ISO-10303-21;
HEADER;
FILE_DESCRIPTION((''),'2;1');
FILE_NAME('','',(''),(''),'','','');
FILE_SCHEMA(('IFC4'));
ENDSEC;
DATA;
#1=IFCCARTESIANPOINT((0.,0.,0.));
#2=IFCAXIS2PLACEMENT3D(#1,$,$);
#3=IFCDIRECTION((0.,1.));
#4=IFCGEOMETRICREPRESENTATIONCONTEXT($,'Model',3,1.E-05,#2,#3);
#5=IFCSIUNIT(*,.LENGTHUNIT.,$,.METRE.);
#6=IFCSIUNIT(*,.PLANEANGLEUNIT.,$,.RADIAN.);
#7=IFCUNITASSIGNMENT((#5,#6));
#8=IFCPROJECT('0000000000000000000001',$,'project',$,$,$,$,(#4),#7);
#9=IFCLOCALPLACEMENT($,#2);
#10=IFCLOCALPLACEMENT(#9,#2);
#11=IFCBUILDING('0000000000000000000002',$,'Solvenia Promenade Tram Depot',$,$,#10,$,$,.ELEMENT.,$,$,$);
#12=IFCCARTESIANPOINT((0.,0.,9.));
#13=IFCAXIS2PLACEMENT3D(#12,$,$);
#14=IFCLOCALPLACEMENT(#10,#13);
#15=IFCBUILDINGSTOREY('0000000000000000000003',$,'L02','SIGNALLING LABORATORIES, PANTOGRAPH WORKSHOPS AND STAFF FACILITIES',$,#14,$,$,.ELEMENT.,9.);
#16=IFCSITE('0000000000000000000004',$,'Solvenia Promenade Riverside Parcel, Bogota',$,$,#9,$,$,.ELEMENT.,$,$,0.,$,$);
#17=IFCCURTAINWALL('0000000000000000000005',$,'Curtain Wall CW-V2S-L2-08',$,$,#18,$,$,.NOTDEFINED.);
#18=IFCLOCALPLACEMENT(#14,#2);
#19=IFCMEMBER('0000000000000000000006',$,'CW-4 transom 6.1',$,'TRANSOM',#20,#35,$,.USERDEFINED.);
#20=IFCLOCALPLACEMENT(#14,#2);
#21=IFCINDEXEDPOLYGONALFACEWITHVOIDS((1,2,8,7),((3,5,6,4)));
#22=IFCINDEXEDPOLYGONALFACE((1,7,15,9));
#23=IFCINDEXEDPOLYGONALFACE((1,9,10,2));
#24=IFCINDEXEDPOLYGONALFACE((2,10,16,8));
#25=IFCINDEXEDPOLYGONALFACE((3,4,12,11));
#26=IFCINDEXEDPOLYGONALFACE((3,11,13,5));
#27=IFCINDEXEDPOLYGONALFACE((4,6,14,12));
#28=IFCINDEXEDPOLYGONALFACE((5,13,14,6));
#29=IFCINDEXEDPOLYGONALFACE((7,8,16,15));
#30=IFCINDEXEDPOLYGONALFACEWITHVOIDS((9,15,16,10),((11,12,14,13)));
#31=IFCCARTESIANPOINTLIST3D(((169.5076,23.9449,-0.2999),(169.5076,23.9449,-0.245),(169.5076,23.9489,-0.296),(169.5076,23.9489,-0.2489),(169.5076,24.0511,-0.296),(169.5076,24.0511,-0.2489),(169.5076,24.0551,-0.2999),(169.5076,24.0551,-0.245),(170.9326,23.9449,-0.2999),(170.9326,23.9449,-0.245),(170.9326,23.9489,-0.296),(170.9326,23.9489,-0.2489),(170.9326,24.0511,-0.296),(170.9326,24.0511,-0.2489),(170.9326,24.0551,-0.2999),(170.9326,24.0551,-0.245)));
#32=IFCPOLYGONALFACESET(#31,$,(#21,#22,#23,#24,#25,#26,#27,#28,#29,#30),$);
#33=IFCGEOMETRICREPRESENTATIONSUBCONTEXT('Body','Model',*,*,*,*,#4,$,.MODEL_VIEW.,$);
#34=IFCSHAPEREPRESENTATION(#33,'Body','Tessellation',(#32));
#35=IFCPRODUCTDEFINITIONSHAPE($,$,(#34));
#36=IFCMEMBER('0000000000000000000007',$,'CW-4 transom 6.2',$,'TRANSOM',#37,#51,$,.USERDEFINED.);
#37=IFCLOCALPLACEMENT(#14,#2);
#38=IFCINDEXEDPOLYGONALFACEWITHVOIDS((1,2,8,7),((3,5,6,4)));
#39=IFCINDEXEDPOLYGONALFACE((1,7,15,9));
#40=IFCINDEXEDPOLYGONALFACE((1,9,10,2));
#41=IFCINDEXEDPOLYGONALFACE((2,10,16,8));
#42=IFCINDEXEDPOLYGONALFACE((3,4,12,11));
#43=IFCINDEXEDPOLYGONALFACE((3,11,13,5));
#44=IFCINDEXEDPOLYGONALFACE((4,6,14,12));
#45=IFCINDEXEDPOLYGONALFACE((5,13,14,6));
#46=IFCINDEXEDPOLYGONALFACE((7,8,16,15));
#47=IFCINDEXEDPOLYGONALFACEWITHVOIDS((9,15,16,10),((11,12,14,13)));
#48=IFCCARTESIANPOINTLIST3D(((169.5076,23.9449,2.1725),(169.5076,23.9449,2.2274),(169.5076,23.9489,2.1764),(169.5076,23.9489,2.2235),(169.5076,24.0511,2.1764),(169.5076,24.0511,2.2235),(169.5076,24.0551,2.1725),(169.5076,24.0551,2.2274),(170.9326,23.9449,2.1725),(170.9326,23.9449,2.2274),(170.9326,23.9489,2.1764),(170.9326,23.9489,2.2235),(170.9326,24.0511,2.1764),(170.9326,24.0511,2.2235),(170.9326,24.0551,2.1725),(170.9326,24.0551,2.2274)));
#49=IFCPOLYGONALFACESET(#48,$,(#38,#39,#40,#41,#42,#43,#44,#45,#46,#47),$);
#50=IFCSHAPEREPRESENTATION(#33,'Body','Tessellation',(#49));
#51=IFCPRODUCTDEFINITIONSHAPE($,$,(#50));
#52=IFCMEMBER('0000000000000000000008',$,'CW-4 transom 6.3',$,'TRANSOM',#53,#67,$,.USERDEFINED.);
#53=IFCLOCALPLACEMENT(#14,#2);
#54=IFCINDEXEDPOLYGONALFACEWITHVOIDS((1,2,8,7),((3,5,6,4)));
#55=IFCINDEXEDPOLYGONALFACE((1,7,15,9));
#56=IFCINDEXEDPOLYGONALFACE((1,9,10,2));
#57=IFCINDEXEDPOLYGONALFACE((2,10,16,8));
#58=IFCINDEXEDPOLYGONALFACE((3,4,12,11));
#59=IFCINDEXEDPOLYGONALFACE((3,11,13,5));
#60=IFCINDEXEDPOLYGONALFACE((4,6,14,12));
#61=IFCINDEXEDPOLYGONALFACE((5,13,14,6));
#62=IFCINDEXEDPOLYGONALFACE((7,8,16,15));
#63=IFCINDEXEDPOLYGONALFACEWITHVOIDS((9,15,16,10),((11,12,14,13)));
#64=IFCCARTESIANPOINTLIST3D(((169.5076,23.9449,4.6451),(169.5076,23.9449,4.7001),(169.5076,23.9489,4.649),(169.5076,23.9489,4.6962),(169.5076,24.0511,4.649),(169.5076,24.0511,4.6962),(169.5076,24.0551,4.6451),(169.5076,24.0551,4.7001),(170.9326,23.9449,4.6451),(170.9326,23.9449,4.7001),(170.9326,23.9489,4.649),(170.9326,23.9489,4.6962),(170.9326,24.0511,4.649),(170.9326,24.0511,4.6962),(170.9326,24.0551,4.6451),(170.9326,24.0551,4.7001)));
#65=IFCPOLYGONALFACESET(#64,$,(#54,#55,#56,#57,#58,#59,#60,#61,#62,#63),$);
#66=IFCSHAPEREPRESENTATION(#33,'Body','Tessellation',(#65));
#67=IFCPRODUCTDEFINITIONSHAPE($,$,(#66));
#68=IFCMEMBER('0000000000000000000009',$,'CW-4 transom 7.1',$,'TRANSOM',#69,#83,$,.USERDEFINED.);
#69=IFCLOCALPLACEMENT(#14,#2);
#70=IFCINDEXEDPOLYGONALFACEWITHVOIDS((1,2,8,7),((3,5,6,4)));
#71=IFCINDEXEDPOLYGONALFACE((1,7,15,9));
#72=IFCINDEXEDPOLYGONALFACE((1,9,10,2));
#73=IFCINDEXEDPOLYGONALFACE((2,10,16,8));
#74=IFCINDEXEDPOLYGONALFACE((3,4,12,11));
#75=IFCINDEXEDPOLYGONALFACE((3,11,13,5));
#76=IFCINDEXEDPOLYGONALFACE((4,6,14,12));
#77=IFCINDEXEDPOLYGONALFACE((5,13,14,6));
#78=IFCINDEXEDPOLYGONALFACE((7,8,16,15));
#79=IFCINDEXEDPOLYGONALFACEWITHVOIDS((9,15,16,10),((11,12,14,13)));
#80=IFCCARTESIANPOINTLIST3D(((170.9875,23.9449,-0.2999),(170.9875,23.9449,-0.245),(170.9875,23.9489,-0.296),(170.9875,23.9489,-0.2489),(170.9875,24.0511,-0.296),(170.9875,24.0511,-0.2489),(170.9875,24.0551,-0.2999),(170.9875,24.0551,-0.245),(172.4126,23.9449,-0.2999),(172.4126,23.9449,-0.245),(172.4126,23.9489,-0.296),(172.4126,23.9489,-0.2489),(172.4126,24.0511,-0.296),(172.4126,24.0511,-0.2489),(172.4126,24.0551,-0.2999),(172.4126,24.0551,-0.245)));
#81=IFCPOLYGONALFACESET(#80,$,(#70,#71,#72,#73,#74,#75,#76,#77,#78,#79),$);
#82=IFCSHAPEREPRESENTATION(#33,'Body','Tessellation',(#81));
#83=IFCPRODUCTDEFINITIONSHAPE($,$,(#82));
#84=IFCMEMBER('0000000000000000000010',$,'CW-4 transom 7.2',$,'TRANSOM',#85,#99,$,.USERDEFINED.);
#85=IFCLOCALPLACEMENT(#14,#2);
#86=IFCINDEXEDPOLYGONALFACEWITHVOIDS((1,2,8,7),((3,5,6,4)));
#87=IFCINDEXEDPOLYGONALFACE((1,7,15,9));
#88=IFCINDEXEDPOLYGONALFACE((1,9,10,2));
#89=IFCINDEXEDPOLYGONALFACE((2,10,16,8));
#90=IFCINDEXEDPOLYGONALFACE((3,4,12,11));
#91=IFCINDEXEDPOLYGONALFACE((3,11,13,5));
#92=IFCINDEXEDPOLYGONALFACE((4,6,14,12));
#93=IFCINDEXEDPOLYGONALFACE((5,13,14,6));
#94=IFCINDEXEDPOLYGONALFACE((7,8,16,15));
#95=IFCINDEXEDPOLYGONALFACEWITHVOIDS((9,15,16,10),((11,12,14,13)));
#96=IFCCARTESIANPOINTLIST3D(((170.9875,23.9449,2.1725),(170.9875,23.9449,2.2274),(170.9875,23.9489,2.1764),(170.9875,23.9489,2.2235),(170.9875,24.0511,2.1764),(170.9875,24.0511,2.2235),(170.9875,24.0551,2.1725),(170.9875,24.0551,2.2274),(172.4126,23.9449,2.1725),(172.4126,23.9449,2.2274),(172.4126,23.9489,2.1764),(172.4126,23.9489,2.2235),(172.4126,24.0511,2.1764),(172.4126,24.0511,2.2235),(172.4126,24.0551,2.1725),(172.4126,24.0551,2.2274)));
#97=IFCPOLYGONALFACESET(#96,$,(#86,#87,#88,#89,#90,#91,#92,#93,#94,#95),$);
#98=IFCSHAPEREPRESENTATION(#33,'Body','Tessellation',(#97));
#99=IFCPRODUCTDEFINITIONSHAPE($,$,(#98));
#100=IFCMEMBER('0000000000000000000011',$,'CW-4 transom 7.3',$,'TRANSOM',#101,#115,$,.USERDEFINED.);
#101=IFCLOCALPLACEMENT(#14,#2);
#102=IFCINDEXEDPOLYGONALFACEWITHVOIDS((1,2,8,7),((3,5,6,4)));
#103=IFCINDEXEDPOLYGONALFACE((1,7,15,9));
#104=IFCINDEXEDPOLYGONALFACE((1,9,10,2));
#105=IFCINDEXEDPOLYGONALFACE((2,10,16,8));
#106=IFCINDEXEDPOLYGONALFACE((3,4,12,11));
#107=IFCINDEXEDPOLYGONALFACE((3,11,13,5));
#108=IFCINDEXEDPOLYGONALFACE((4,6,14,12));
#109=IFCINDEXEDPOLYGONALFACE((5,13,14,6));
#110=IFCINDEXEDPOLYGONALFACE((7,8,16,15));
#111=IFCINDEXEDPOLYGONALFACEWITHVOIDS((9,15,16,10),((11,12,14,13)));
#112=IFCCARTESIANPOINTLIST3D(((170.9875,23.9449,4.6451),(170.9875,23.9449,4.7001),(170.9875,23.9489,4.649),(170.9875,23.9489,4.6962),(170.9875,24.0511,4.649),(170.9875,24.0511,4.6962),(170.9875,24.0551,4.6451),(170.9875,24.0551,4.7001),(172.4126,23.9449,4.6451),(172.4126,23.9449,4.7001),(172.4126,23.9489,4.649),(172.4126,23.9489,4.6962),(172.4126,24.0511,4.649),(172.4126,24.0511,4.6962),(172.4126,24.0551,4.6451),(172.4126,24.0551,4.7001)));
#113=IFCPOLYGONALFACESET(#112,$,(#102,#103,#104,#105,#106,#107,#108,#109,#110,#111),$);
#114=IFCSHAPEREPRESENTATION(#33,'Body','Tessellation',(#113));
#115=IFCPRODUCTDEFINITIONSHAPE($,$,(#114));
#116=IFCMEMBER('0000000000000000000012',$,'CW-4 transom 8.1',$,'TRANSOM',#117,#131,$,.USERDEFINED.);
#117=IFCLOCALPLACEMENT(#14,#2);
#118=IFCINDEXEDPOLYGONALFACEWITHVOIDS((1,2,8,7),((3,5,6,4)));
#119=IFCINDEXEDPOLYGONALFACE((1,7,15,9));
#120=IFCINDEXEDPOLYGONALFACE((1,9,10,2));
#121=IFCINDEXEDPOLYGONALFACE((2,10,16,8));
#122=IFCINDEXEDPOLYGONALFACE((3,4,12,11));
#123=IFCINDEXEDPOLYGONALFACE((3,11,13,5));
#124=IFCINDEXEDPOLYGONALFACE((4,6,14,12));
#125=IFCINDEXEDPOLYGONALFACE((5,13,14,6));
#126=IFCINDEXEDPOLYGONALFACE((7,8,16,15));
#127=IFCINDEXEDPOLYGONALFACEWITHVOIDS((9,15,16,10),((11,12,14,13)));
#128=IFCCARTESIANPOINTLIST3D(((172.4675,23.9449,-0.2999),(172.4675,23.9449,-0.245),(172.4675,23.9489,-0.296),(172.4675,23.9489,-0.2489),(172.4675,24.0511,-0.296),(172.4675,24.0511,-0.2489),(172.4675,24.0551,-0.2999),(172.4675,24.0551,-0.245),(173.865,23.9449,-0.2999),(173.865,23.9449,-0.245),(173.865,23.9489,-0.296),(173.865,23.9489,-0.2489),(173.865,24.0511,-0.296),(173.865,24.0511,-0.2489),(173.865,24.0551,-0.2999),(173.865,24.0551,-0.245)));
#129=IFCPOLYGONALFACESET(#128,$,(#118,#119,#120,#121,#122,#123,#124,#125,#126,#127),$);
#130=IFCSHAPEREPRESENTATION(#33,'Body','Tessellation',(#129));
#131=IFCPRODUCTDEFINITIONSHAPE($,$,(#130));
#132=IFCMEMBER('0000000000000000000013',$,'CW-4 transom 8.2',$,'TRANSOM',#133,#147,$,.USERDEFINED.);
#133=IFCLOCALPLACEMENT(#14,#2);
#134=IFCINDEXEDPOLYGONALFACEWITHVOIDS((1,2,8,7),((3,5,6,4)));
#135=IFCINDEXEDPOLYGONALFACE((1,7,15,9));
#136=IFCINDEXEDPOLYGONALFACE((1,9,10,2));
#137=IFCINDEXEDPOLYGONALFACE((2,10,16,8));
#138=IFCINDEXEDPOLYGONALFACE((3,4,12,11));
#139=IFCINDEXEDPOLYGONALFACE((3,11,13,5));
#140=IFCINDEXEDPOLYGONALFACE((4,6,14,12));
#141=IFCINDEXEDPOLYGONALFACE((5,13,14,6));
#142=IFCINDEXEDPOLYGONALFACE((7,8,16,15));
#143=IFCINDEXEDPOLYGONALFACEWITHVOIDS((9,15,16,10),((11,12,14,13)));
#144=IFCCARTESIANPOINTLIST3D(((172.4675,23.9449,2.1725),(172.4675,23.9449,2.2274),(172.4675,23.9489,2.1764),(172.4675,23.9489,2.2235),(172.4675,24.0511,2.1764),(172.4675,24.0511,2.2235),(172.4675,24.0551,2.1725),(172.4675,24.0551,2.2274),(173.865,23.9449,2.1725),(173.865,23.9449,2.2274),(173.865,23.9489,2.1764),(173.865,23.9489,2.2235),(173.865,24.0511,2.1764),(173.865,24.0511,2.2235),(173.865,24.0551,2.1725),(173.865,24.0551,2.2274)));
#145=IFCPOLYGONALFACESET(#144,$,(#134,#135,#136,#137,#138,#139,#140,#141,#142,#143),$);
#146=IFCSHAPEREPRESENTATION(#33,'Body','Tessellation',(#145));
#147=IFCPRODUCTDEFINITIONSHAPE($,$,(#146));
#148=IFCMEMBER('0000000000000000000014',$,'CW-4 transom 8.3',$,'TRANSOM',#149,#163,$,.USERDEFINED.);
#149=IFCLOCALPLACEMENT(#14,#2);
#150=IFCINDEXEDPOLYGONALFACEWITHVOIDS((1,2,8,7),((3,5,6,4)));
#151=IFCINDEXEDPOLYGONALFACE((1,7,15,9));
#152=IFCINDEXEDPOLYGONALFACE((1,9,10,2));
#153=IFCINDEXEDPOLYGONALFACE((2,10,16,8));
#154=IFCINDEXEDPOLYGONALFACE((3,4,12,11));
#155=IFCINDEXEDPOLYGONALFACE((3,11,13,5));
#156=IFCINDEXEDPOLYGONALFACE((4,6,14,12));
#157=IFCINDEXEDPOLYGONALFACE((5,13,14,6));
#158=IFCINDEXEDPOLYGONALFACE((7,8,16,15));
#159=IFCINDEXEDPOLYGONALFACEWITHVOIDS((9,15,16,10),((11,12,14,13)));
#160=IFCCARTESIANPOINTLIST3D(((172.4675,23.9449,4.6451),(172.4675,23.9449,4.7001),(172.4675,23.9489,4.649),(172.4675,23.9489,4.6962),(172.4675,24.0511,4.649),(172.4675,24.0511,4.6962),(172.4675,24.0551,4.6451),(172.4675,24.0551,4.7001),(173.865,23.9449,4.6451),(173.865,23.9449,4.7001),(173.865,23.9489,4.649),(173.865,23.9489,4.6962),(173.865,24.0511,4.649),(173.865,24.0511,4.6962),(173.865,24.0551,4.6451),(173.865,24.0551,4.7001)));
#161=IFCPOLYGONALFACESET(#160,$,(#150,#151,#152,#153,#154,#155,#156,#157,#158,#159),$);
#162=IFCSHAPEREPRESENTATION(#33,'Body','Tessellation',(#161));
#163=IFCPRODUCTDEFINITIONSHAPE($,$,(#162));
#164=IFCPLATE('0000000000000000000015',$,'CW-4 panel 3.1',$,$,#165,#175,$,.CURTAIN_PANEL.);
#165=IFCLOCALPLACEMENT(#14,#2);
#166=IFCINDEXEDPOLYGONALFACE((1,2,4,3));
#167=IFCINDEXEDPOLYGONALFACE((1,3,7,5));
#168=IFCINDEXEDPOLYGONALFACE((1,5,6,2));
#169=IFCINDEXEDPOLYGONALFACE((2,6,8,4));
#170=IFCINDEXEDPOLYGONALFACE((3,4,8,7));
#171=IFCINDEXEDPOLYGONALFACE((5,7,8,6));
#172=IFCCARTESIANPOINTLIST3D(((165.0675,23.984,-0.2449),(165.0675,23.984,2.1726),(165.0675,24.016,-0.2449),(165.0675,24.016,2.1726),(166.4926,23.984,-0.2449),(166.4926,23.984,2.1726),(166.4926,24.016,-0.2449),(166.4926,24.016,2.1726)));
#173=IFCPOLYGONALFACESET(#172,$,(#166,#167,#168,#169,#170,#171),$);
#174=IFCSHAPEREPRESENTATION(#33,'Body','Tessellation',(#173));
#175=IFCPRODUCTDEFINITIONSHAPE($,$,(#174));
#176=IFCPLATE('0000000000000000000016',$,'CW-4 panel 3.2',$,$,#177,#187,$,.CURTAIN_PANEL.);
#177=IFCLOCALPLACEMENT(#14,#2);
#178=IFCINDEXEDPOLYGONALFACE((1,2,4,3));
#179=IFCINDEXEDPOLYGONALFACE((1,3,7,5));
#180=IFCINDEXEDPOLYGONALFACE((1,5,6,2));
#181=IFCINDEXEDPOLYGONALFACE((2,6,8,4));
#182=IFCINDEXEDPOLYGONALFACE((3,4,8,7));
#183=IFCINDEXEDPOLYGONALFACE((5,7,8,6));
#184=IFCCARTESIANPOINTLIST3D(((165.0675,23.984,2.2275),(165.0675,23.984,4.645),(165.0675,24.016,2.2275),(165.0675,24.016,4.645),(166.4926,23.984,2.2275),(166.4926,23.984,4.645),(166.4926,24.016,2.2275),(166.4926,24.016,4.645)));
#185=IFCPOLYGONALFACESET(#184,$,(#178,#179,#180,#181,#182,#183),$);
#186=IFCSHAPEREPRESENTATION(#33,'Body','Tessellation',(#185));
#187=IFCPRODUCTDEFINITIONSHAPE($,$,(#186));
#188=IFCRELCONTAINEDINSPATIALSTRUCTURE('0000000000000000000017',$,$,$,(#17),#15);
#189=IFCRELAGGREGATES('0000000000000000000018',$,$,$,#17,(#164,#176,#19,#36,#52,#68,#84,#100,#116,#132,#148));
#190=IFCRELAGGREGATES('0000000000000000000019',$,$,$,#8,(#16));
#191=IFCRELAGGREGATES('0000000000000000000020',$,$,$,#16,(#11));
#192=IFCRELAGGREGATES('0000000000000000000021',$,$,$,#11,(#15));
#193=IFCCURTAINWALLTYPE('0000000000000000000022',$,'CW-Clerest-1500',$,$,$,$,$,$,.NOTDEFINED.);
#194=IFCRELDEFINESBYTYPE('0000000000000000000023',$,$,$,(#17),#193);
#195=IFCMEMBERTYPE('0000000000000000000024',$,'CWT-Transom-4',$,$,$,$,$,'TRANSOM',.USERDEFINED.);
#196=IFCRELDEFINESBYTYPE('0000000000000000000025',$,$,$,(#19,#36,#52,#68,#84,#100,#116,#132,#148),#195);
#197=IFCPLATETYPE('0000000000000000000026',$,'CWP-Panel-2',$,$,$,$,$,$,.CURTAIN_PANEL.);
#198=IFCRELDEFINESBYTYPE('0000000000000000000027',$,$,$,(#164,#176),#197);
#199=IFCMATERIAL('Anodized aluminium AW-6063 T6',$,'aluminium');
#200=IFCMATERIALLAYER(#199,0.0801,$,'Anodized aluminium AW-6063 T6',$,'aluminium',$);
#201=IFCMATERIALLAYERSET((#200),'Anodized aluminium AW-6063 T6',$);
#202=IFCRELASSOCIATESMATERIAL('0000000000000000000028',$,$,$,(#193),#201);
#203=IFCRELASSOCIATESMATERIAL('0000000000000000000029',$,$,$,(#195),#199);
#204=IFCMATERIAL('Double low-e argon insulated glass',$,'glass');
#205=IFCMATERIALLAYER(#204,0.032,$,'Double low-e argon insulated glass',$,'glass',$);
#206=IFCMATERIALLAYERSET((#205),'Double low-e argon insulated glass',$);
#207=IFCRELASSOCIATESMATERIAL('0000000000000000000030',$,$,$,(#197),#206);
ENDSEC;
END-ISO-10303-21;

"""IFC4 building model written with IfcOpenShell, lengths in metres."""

from ifc_helpers import new_model, si_unit, direction, frame, origin, origin_2d, place, context, subcontext, project, spatial, rectangle, hollow_rectangle, extrude, material, layer, layer_set, material_profile, profile_set, type_object, element, aggregate, save


model = new_model("IFC4")

# Units and contexts
model_context = context("Model", 3, precision=1e-05, world=origin(), true_north=direction((0.0, 1.0)))
body_context = subcontext(model_context, "Body", "Model", "MODEL_VIEW")
ifc_project = project(units=[si_unit("LENGTHUNIT", "METRE"), si_unit("PLANEANGLEUNIT", "RADIAN")], contexts=[model_context])

# Site, building, storey
site_placement = place(None, origin())
site = spatial("IfcSite", under=ifc_project, at=site_placement, Name="Solvenia Promenade Riverside Parcel, Bogota", CompositionType="ELEMENT", RefElevation=0.0)
building_placement = place(site_placement, origin())
building = spatial("IfcBuilding", under=site, at=building_placement, Name="Solvenia Promenade Tram Depot", CompositionType="ELEMENT")
storey_placement = place(building_placement, frame((0.0, 0.0, 9.0)))
storey = spatial("IfcBuildingStorey", under=building, at=storey_placement, Name="L02", Description="SIGNALLING LABORATORIES, PANTOGRAPH WORKSHOPS AND STAFF FACILITIES", CompositionType="ELEMENT", Elevation=9.0)

# Curtain wall, members, plates
ifc_material_1 = material(Name="Anodized aluminium AW-6063 T6", Category="aluminium")
ifc_layer_1 = layer(ifc_material_1, 0.0801, Name="Anodized aluminium AW-6063 T6", Category="aluminium")
ifc_layer_set_1 = layer_set([ifc_layer_1], Name="Anodized aluminium AW-6063 T6")
curtain_wall_type = type_object("IfcCurtainWallType", Name="CW-Clerest-1500", PredefinedType="NOTDEFINED", material=ifc_layer_set_1)
curtain_wall_placement = place(storey_placement, origin())
curtain_wall = element("IfcCurtainWall", 1, at=curtain_wall_placement, inside=storey, type_object=curtain_wall_type, Name="Curtain Wall CW-V2S-L2-08", PredefinedType="NOTDEFINED")
ifc_material_profile_1 = material_profile(ifc_material_1, hollow_rectangle(XDim=0.1101, YDim=0.0549, WallThickness=0.0039, at=origin_2d()), Name="ALU-T4", Category="aluminium")
ifc_profile_set_1 = profile_set([ifc_material_profile_1], Name="Anodized aluminium AW-6063 T6")
member_type_1 = type_object("IfcMemberType", Name="CWT-Transom-4", ElementType="TRANSOM", PredefinedType="USERDEFINED", material=ifc_profile_set_1)
member_1_placement = place(storey_placement, frame((169.5076, 24.0, -0.2725), z_axis=(1.0, 0.0, 0.0), x_axis=(0.0, 1.0, 0.0)))
member_1 = element("IfcMember", 2, at=member_1_placement, type_object=member_type_1, Name="CW-4 transom 6.1", ObjectType="TRANSOM", PredefinedType="USERDEFINED", context=body_context, shape_type="SweptSolid", body=[
    extrude(hollow_rectangle(XDim=0.1101, YDim=0.0549, WallThickness=0.0039, at=origin_2d()), origin(), (0.0, 0.0, 1.0), 1.425),
])
member_2_placement = place(storey_placement, frame((169.5076, 24.0, 2.2), z_axis=(1.0, 0.0, 0.0), x_axis=(0.0, 1.0, 0.0)))
member_2 = element("IfcMember", 3, at=member_2_placement, type_object=member_type_1, Name="CW-4 transom 6.2", ObjectType="TRANSOM", PredefinedType="USERDEFINED", context=body_context, shape_type="SweptSolid", body=[
    extrude(hollow_rectangle(XDim=0.1101, YDim=0.0549, WallThickness=0.0039, at=origin_2d()), origin(), (0.0, 0.0, 1.0), 1.425),
])
member_3_placement = place(storey_placement, frame((169.5076, 24.0, 4.6726), z_axis=(1.0, 0.0, 0.0), x_axis=(0.0, 1.0, 0.0)))
member_3 = element("IfcMember", 4, at=member_3_placement, type_object=member_type_1, Name="CW-4 transom 6.3", ObjectType="TRANSOM", PredefinedType="USERDEFINED", context=body_context, shape_type="SweptSolid", body=[
    extrude(hollow_rectangle(XDim=0.1101, YDim=0.0549, WallThickness=0.0039, at=origin_2d()), origin(), (0.0, 0.0, 1.0), 1.425),
])
member_4_placement = place(storey_placement, frame((170.9875, 24.0, -0.2725), z_axis=(1.0, 0.0, 0.0), x_axis=(0.0, 1.0, 0.0)))
member_4 = element("IfcMember", 5, at=member_4_placement, type_object=member_type_1, Name="CW-4 transom 7.1", ObjectType="TRANSOM", PredefinedType="USERDEFINED", context=body_context, shape_type="SweptSolid", body=[
    extrude(hollow_rectangle(XDim=0.1101, YDim=0.0549, WallThickness=0.0039, at=origin_2d()), origin(), (0.0, 0.0, 1.0), 1.425),
])
member_5_placement = place(storey_placement, frame((170.9875, 24.0, 2.2), z_axis=(1.0, 0.0, 0.0), x_axis=(0.0, 1.0, 0.0)))
member_5 = element("IfcMember", 6, at=member_5_placement, type_object=member_type_1, Name="CW-4 transom 7.2", ObjectType="TRANSOM", PredefinedType="USERDEFINED", context=body_context, shape_type="SweptSolid", body=[
    extrude(hollow_rectangle(XDim=0.1101, YDim=0.0549, WallThickness=0.0039, at=origin_2d()), origin(), (0.0, 0.0, 1.0), 1.425),
])
member_6_placement = place(storey_placement, frame((170.9875, 24.0, 4.6726), z_axis=(1.0, 0.0, 0.0), x_axis=(0.0, 1.0, 0.0)))
member_6 = element("IfcMember", 7, at=member_6_placement, type_object=member_type_1, Name="CW-4 transom 7.3", ObjectType="TRANSOM", PredefinedType="USERDEFINED", context=body_context, shape_type="SweptSolid", body=[
    extrude(hollow_rectangle(XDim=0.1101, YDim=0.0549, WallThickness=0.0039, at=origin_2d()), origin(), (0.0, 0.0, 1.0), 1.425),
])
member_7_placement = place(storey_placement, frame((172.4675, 24.0, -0.2725), z_axis=(1.0, 0.0, 0.0), x_axis=(0.0, 1.0, 0.0)))
member_7 = element("IfcMember", 8, at=member_7_placement, type_object=member_type_1, Name="CW-4 transom 8.1", ObjectType="TRANSOM", PredefinedType="USERDEFINED", context=body_context, shape_type="SweptSolid", body=[
    extrude(hollow_rectangle(XDim=0.1101, YDim=0.0549, WallThickness=0.0039, at=origin_2d()), origin(), (0.0, 0.0, 1.0), 1.3975),
])
member_8_placement = place(storey_placement, frame((172.4675, 24.0, 2.2), z_axis=(1.0, 0.0, 0.0), x_axis=(0.0, 1.0, 0.0)))
member_8 = element("IfcMember", 9, at=member_8_placement, type_object=member_type_1, Name="CW-4 transom 8.2", ObjectType="TRANSOM", PredefinedType="USERDEFINED", context=body_context, shape_type="SweptSolid", body=[
    extrude(hollow_rectangle(XDim=0.1101, YDim=0.0549, WallThickness=0.0039, at=origin_2d()), origin(), (0.0, 0.0, 1.0), 1.3975),
])
member_9_placement = place(storey_placement, frame((172.4675, 24.0, 4.6726), z_axis=(1.0, 0.0, 0.0), x_axis=(0.0, 1.0, 0.0)))
member_9 = element("IfcMember", 10, at=member_9_placement, type_object=member_type_1, Name="CW-4 transom 8.3", ObjectType="TRANSOM", PredefinedType="USERDEFINED", context=body_context, shape_type="SweptSolid", body=[
    extrude(hollow_rectangle(XDim=0.1101, YDim=0.0549, WallThickness=0.0039, at=origin_2d()), origin(), (0.0, 0.0, 1.0), 1.3975),
])
ifc_material_2 = material(Name="Double low-e argon insulated glass", Category="glass")
ifc_layer_2 = layer(ifc_material_2, 0.032, Name="Double low-e argon insulated glass", Category="glass")
ifc_layer_set_2 = layer_set([ifc_layer_2], Name="Double low-e argon insulated glass")
plate_type = type_object("IfcPlateType", Name="CWP-Panel-2", PredefinedType="CURTAIN_PANEL", material=ifc_layer_set_2)
plate_1_placement = place(storey_placement, frame((165.78, 24.0, -0.2449), z_axis=(0.0, 0.0, 1.0), x_axis=(1.0, 0.0, 0.0)))
plate_1 = element("IfcPlate", 11, at=plate_1_placement, type_object=plate_type, Name="CW-4 panel 3.1", PredefinedType="CURTAIN_PANEL", context=body_context, shape_type="SweptSolid", body=[
    extrude(rectangle(XDim=1.425, YDim=0.032, at=origin_2d()), origin(), (0.0, 0.0, 1.0), 2.4175),
])
plate_2_placement = place(storey_placement, frame((165.78, 24.0, 2.2275), z_axis=(0.0, 0.0, 1.0), x_axis=(1.0, 0.0, 0.0)))
plate_2 = element("IfcPlate", 12, at=plate_2_placement, type_object=plate_type, Name="CW-4 panel 3.2", PredefinedType="CURTAIN_PANEL", context=body_context, shape_type="SweptSolid", body=[
    extrude(rectangle(XDim=1.425, YDim=0.032, at=origin_2d()), origin(), (0.0, 0.0, 1.0), 2.4175),
])
aggregate(curtain_wall, [plate_1, plate_2, member_1, member_2, member_3, member_4, member_5, member_6, member_7, member_8, member_9])

save(model, "model.ifc")
